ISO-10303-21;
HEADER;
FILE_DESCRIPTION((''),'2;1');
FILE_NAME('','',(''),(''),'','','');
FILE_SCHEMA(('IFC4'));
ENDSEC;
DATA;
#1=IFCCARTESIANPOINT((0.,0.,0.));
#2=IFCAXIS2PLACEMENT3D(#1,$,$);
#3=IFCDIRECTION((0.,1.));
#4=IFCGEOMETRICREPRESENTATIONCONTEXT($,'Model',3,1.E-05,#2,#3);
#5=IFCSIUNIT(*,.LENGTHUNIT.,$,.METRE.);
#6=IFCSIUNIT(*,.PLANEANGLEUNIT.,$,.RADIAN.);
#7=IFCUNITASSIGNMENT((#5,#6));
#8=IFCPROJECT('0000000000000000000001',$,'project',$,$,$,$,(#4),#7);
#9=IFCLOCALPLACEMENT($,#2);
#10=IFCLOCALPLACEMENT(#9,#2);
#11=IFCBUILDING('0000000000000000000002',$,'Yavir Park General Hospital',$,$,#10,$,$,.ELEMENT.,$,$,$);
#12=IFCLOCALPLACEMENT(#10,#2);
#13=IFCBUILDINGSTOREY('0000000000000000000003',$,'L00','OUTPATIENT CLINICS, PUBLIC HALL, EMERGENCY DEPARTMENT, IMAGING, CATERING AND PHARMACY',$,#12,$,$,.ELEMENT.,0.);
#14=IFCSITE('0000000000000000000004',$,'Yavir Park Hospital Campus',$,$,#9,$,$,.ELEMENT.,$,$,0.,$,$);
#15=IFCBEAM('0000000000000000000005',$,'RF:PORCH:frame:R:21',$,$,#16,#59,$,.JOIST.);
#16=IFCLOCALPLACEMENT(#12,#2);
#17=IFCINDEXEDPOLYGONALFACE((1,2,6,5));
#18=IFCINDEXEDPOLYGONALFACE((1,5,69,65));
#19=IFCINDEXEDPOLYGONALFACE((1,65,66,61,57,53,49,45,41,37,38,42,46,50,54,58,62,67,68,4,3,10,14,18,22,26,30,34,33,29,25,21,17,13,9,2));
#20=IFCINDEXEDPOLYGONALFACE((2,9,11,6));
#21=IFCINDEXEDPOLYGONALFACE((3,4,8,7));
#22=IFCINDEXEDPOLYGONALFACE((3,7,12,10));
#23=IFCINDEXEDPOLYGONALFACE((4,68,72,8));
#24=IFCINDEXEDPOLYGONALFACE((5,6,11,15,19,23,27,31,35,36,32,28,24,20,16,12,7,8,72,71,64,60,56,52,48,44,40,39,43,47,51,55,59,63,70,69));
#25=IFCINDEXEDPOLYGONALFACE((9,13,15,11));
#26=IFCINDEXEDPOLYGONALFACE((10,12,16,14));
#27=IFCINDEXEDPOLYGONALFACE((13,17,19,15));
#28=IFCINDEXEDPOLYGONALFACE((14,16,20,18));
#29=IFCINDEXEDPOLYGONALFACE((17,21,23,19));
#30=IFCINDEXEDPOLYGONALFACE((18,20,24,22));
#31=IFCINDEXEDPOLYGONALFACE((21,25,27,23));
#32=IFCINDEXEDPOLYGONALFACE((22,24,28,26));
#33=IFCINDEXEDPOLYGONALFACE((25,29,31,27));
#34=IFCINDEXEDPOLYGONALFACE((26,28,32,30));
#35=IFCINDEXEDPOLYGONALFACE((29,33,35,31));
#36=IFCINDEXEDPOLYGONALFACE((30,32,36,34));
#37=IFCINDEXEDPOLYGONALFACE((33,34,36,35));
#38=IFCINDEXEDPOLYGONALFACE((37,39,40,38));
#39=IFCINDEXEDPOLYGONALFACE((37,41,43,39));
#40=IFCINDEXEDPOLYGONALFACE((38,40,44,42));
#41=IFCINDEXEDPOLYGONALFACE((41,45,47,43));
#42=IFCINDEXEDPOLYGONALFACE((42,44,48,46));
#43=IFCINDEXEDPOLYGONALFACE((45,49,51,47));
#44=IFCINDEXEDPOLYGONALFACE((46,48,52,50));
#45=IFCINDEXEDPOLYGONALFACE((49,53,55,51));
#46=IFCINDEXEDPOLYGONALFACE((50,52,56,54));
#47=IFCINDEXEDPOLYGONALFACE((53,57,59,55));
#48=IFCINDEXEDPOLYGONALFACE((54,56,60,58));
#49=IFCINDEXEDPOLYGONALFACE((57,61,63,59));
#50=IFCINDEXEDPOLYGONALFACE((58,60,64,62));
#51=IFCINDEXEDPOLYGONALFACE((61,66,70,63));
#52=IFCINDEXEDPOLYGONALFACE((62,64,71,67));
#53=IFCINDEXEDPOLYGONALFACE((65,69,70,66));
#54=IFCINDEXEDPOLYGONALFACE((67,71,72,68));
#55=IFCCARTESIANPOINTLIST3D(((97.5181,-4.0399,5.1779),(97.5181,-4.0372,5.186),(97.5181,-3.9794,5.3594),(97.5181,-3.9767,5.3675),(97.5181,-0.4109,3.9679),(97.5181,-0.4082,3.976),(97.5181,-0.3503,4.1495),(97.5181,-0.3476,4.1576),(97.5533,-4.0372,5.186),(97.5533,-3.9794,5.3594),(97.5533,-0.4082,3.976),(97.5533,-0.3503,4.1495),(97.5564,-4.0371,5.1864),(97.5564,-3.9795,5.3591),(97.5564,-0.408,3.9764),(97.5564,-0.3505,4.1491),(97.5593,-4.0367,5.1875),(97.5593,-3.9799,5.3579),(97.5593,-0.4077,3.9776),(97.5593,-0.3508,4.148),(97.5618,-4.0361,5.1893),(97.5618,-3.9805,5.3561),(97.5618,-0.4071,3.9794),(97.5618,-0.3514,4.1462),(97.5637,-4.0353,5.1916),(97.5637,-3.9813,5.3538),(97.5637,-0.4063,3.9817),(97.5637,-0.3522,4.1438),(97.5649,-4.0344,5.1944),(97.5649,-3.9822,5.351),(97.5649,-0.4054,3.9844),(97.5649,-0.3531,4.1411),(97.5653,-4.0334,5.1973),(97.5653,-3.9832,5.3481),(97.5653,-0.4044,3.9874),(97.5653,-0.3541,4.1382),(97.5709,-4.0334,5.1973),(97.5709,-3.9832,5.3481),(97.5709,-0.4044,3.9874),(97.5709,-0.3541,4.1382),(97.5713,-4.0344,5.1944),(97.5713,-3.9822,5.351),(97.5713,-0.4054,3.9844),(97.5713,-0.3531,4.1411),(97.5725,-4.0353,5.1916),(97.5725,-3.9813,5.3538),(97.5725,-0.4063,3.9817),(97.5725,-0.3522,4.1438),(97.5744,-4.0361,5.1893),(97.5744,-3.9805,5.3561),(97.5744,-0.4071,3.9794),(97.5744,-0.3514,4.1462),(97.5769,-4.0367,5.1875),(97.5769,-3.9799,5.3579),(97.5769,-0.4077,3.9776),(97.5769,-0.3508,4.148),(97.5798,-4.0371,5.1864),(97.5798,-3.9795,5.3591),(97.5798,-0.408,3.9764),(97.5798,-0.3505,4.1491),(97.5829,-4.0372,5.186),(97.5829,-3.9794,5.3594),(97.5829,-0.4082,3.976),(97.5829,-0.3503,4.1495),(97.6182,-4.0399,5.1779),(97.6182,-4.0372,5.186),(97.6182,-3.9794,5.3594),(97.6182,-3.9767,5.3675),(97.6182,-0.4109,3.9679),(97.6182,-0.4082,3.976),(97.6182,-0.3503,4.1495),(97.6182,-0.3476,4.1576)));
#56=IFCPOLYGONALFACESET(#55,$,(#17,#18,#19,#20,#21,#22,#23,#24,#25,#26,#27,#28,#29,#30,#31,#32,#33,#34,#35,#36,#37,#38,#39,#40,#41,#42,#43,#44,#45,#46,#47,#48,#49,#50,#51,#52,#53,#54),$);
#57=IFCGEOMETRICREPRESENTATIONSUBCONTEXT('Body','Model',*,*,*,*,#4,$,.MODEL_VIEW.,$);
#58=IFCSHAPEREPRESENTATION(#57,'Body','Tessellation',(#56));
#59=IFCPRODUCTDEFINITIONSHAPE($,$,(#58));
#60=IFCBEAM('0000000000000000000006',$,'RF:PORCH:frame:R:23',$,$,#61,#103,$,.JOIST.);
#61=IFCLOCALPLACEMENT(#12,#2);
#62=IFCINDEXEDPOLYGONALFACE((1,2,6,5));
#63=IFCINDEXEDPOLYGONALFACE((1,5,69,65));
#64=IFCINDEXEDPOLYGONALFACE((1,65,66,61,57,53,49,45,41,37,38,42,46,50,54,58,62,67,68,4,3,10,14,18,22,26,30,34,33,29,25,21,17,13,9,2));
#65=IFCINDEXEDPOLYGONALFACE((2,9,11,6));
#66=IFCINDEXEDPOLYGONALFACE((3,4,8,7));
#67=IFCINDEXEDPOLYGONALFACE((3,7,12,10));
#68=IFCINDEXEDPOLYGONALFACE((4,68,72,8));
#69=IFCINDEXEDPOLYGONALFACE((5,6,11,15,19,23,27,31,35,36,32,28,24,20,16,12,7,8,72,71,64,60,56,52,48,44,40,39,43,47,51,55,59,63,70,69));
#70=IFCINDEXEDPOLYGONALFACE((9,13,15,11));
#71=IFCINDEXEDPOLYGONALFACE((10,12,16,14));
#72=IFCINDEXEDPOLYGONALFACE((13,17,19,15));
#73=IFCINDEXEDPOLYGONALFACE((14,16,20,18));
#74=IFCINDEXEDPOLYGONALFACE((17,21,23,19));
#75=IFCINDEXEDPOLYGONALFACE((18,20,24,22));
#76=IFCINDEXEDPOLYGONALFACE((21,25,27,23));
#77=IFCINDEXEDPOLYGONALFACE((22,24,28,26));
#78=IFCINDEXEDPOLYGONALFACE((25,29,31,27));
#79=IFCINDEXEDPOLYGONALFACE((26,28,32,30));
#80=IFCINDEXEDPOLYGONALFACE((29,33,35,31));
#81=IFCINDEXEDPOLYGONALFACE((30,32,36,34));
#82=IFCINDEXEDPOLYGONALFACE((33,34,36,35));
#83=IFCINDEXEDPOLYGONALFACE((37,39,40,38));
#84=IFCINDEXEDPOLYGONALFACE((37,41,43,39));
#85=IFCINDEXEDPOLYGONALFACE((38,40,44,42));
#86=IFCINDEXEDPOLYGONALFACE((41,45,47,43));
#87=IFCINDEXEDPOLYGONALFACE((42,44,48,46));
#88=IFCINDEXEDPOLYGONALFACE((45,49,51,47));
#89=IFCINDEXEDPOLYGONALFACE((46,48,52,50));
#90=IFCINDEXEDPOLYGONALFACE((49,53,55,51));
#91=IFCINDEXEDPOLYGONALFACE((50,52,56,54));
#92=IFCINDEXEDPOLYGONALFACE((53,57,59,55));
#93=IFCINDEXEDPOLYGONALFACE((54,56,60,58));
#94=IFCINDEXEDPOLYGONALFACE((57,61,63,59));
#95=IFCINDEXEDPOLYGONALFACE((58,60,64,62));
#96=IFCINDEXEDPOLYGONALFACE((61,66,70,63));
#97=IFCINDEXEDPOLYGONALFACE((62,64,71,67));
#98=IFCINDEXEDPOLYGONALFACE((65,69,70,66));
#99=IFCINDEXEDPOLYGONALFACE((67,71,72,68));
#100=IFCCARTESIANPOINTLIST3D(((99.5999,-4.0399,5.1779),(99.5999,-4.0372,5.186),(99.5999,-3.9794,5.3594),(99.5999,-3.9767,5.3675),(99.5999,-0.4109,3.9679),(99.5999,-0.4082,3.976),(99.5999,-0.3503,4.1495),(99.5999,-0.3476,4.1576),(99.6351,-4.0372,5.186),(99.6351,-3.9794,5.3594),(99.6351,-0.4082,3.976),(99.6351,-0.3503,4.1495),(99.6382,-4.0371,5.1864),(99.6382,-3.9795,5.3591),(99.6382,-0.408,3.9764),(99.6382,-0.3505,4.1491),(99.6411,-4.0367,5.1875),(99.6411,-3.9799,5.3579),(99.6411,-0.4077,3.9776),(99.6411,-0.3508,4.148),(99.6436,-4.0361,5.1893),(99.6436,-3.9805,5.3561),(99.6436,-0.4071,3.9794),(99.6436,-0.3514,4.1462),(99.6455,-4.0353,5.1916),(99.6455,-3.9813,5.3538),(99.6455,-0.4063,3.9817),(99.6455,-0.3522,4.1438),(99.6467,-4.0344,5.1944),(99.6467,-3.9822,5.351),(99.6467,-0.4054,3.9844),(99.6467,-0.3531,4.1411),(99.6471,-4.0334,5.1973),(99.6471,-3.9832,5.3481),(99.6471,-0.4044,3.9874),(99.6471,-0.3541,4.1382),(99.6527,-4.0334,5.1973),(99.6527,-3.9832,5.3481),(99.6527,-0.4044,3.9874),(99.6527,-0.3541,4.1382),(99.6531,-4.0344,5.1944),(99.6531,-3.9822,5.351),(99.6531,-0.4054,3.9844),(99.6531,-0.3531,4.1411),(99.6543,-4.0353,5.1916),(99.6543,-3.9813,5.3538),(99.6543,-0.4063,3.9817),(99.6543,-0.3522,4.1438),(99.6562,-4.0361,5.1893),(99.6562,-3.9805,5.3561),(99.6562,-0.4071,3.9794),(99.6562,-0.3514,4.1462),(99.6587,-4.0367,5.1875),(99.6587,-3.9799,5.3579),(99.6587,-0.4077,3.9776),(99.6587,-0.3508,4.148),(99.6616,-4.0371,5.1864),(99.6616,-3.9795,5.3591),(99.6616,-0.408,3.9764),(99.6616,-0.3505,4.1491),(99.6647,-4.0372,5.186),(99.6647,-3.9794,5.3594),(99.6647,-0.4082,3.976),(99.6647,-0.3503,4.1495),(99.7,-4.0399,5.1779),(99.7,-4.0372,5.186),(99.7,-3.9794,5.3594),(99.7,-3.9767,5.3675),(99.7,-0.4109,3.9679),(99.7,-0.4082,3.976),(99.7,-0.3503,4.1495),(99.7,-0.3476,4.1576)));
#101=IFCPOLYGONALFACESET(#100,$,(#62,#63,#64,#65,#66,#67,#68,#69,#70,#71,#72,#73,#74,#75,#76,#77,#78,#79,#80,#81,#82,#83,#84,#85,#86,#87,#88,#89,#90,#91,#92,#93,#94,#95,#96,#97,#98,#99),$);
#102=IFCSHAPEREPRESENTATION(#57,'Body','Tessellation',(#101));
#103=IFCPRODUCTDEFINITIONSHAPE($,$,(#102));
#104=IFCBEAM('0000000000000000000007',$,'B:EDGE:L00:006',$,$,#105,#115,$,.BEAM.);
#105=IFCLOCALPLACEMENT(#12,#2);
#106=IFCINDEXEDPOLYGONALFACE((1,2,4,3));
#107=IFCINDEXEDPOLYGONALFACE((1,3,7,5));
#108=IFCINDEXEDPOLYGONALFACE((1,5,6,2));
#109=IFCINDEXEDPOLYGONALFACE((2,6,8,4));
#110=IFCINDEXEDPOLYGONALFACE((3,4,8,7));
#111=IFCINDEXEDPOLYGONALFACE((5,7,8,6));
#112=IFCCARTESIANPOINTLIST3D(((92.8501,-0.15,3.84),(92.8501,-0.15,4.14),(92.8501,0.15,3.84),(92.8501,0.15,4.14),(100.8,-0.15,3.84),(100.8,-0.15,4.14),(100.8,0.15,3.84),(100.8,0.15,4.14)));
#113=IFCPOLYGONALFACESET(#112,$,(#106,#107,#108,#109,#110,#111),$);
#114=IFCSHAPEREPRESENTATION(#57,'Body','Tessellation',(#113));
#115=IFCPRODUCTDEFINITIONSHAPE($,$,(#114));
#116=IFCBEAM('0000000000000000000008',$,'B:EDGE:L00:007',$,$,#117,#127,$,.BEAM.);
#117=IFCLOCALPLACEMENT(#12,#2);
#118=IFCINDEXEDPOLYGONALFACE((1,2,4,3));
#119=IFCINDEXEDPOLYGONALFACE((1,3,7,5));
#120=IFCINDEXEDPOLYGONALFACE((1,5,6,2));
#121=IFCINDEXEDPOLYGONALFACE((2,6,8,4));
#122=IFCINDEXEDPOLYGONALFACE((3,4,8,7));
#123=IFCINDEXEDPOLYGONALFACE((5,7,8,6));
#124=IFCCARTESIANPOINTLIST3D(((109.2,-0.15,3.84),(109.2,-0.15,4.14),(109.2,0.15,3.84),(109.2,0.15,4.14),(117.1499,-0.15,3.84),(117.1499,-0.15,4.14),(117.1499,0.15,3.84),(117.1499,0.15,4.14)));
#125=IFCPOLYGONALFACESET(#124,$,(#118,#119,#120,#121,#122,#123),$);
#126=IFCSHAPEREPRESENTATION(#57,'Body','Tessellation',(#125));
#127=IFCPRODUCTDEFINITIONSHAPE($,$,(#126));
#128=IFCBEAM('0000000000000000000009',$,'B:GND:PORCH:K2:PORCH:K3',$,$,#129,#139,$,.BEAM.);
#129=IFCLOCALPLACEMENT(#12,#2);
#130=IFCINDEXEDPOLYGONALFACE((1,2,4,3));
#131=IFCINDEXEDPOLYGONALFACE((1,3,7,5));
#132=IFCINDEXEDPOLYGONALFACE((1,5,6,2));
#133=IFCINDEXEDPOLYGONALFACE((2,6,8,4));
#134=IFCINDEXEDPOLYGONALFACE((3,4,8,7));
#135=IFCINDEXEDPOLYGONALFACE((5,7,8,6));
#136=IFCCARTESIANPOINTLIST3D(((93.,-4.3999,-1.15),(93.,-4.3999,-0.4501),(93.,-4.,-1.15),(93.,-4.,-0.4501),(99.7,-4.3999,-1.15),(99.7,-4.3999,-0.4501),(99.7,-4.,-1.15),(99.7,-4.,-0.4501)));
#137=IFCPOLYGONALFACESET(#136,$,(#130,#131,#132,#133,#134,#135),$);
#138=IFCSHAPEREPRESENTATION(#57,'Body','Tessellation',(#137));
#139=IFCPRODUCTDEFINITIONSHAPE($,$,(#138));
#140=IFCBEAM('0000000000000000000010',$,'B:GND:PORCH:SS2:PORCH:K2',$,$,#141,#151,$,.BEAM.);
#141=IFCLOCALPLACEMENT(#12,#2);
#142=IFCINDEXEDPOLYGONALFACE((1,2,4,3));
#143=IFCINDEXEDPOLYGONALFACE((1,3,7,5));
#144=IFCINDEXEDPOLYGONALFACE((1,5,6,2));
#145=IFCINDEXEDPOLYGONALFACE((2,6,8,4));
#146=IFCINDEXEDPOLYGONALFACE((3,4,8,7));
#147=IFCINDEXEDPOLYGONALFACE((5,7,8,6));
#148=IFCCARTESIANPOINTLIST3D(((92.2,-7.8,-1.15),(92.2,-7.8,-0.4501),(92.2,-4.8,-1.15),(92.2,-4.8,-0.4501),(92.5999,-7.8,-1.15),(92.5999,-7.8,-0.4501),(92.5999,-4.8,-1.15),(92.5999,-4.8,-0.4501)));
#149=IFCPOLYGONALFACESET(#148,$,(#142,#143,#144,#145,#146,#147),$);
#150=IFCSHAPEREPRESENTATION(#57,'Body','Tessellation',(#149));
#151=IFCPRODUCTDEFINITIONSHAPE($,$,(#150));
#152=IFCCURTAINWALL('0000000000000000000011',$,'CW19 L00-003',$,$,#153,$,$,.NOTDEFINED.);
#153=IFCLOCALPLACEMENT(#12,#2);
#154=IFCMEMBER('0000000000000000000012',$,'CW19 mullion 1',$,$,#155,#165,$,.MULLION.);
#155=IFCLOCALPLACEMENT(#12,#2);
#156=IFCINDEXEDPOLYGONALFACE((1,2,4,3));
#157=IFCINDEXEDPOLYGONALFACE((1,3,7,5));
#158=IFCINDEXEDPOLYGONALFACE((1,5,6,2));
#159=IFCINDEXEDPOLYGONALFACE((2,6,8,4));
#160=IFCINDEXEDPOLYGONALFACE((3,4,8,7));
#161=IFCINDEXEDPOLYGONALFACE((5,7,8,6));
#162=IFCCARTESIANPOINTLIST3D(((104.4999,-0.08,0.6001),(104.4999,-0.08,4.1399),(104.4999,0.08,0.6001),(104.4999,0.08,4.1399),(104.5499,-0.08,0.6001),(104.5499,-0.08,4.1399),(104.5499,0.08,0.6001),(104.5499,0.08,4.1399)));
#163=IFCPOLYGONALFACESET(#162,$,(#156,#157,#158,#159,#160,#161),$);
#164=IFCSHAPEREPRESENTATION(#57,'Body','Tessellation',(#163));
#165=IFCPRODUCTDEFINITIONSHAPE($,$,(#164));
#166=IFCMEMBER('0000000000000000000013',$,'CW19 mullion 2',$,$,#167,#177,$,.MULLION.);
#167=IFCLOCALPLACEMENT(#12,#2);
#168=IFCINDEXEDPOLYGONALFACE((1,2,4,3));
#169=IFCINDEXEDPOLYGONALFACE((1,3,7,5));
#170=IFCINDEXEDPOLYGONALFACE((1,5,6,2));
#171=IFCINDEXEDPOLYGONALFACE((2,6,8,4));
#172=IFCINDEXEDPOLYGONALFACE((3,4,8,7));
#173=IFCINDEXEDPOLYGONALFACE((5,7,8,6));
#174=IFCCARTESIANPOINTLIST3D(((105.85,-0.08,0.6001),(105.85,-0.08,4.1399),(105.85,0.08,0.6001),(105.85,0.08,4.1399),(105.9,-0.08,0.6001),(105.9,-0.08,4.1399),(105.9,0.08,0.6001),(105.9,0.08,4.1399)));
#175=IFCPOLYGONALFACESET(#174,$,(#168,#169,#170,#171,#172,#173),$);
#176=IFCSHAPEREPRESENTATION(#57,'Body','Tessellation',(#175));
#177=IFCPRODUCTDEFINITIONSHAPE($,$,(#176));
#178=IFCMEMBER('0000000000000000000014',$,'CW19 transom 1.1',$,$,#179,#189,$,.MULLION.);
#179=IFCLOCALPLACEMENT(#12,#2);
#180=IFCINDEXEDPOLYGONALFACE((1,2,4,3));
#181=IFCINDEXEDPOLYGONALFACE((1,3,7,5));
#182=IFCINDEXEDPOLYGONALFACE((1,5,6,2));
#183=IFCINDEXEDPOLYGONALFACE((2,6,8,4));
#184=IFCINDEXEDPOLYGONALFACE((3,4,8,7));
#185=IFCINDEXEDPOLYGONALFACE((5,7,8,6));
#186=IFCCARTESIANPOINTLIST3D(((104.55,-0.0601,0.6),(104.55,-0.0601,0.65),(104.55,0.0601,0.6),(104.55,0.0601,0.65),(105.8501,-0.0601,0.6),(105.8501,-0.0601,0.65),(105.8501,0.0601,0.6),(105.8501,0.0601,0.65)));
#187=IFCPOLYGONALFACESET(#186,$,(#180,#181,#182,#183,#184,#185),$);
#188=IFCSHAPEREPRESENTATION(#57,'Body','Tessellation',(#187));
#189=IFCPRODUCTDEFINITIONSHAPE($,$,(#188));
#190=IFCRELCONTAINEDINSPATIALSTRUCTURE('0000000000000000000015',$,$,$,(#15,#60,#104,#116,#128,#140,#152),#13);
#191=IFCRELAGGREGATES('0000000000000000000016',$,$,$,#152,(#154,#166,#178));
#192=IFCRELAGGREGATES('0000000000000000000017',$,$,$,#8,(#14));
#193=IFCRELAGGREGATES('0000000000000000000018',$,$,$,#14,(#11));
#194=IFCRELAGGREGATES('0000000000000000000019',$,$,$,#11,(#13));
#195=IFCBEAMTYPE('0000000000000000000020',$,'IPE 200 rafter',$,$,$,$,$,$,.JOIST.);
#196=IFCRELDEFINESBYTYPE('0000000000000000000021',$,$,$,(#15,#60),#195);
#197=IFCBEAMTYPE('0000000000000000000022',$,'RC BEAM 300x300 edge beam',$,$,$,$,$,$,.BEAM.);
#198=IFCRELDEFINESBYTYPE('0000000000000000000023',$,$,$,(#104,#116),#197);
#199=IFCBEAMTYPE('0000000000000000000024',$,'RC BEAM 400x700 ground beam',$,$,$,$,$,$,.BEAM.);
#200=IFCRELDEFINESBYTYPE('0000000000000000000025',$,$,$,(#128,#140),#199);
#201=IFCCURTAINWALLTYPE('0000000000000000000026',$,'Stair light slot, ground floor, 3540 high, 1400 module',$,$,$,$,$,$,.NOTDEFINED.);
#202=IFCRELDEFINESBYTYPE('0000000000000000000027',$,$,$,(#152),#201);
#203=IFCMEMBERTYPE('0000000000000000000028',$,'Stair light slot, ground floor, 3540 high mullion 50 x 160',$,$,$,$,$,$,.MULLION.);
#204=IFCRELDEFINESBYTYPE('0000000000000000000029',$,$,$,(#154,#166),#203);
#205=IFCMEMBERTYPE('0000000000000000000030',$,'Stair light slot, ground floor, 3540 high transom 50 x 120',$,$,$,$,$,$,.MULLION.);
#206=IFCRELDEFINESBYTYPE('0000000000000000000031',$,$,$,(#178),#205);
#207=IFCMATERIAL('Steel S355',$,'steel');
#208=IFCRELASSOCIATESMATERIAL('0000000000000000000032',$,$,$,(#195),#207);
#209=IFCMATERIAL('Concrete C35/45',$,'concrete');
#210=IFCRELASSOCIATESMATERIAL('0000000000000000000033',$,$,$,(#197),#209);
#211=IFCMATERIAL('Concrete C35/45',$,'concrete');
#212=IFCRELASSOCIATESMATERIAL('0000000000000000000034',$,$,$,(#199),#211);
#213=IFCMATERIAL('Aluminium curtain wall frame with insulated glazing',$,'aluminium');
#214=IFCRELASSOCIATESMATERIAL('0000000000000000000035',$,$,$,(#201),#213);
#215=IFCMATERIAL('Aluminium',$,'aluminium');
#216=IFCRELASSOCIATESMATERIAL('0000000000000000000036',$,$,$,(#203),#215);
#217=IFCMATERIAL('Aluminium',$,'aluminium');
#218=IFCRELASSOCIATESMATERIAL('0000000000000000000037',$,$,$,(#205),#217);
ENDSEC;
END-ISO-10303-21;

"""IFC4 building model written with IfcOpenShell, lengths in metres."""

from ifc_helpers import new_model, si_unit, direction, frame, origin, origin_2d, place, context, subcontext, project, spatial, rectangle, i_section, extrude, material, material_profile, profile_set, type_object, element, aggregate, save


model = new_model("IFC4")

# Units and contexts
model_context = context("Model", 3, precision=1e-05, world=origin(), true_north=direction((0.0, 1.0)))
body_context = subcontext(model_context, "Body", "Model", "MODEL_VIEW")
ifc_project = project(units=[si_unit("LENGTHUNIT", "METRE"), si_unit("PLANEANGLEUNIT", "RADIAN")], contexts=[model_context])

# Site, building, storey
site_placement = place(None, origin())
site = spatial("IfcSite", under=ifc_project, at=site_placement, Name="Yavir Park Hospital Campus", CompositionType="ELEMENT", RefElevation=0.0)
building_placement = place(site_placement, origin())
building = spatial("IfcBuilding", under=site, at=building_placement, Name="Yavir Park General Hospital", CompositionType="ELEMENT")
storey_placement = place(building_placement, origin())
storey = spatial("IfcBuildingStorey", under=building, at=storey_placement, Name="L00", Description="OUTPATIENT CLINICS, PUBLIC HALL, EMERGENCY DEPARTMENT, IMAGING, CATERING AND PHARMACY", CompositionType="ELEMENT", Elevation=0.0)

# Beams
ifc_material_1 = material(Name="Steel S355", Category="steel")
ifc_material_profile_1 = material_profile(ifc_material_1, i_section(OverallWidth=0.1001, OverallDepth=0.2, WebThickness=0.0056, FlangeThickness=0.0085, FilletRadius=0.012, at=origin_2d()), Name="IPE200")
ifc_profile_set_1 = profile_set([ifc_material_profile_1], Name="Steel S355")
beam_type_1 = type_object("IfcBeamType", Name="IPE 200 rafter", PredefinedType="JOIST", material=ifc_profile_set_1)
for number, where, z_axis, x_axis, name in (
    (1, (97.5681, -4.0083, 5.2727), (0.0, 0.948664, -0.316285), (-1.0, 0.0, 0.0), "RF:PORCH:frame:R:21"),
    (2, (99.6499, -4.0083, 5.2727), (0.0, 0.948664, -0.316285), (-1.0, 0.0, 0.0), "RF:PORCH:frame:R:23"),
):
    element("IfcBeam", number, at=place(storey_placement, frame(where, z_axis=z_axis, x_axis=x_axis)), inside=storey, type_object=beam_type_1, Name=name, PredefinedType="JOIST", context=body_context, shape_type="SweptSolid", body=[
        extrude(i_section(OverallWidth=0.1001, OverallDepth=0.2, WebThickness=0.0056, FlangeThickness=0.0085, FilletRadius=0.012, at=origin_2d()), origin(), (0.0, 0.0, 1.0), 3.8254),
    ])
ifc_material_2 = material(Name="Concrete C35/45", Category="concrete")
ifc_material_profile_2 = material_profile(ifc_material_2, rectangle(XDim=0.3, YDim=0.3, at=origin_2d()), Name="RC300x300")
ifc_profile_set_2 = profile_set([ifc_material_profile_2], Name="Concrete C35/45")
beam_type_2 = type_object("IfcBeamType", Name="RC BEAM 300x300 edge beam", PredefinedType="BEAM", material=ifc_profile_set_2)
for number, where, z_axis, x_axis, name in (
    (3, (92.8501, 0.0, 3.99), (1.0, 0.0, 0.0), (0.0, 1.0, 0.0), "B:EDGE:L00:006"),
    (4, (109.2, 0.0, 3.99), (1.0, 0.0, 0.0), (0.0, 1.0, 0.0), "B:EDGE:L00:007"),
):
    element("IfcBeam", number, at=place(storey_placement, frame(where, z_axis=z_axis, x_axis=x_axis)), inside=storey, type_object=beam_type_2, Name=name, PredefinedType="BEAM", context=body_context, shape_type="SweptSolid", body=[
        extrude(rectangle(XDim=0.3, YDim=0.3, at=origin_2d()), origin(), (0.0, 0.0, 1.0), 7.95),
    ])
ifc_material_3 = material(Name="Concrete C35/45", Category="concrete")
ifc_material_profile_3 = material_profile(ifc_material_3, rectangle(XDim=0.3999, YDim=0.7, at=origin_2d()), Name="RC400x700")
ifc_profile_set_3 = profile_set([ifc_material_profile_3], Name="Concrete C35/45")
beam_type_3 = type_object("IfcBeamType", Name="RC BEAM 400x700 ground beam", PredefinedType="BEAM", material=ifc_profile_set_3)
beam_1_placement = place(storey_placement, frame((93.0, -4.2, -0.8), z_axis=(1.0, 0.0, 0.0), x_axis=(0.0, 1.0, 0.0)))
element("IfcBeam", 5, at=beam_1_placement, inside=storey, type_object=beam_type_3, Name="B:GND:PORCH:K2:PORCH:K3", PredefinedType="BEAM", context=body_context, shape_type="SweptSolid", body=[
    extrude(rectangle(XDim=0.3999, YDim=0.7, at=origin_2d()), origin(), (0.0, 0.0, 1.0), 6.7),
])
beam_2_placement = place(storey_placement, frame((92.3999, -7.8, -0.8), z_axis=(0.0, 1.0, 0.0), x_axis=(-1.0, 0.0, 0.0)))
element("IfcBeam", 6, at=beam_2_placement, inside=storey, type_object=beam_type_3, Name="B:GND:PORCH:SS2:PORCH:K2", PredefinedType="BEAM", context=body_context, shape_type="SweptSolid", body=[
    extrude(rectangle(XDim=0.3999, YDim=0.7, at=origin_2d()), origin(), (0.0, 0.0, 1.0), 3.0),
])

# Curtain wall, members
ifc_material_4 = material(Name="Aluminium curtain wall frame with insulated glazing", Category="aluminium")
curtain_wall_type = type_object("IfcCurtainWallType", Name="Stair light slot, ground floor, 3540 high, 1400 module", PredefinedType="NOTDEFINED", material=ifc_material_4)
curtain_wall_placement = place(storey_placement, origin())
curtain_wall = element("IfcCurtainWall", 7, at=curtain_wall_placement, inside=storey, type_object=curtain_wall_type, Name="CW19 L00-003", PredefinedType="NOTDEFINED")
ifc_material_5 = material(Name="Aluminium", Category="aluminium")
ifc_material_profile_4 = material_profile(ifc_material_5, rectangle(XDim=0.1599, YDim=0.05, at=origin_2d()), Name="AL 50x160")
ifc_profile_set_4 = profile_set([ifc_material_profile_4], Name="Aluminium")
member_type_1 = type_object("IfcMemberType", Name="Stair light slot, ground floor, 3540 high mullion 50 x 160", PredefinedType="MULLION", material=ifc_profile_set_4)
member_1_placement = place(storey_placement, frame((104.5249, 0.0, 0.6001), z_axis=(0.0, 0.0, 1.0), x_axis=(0.0, 1.0, 0.0)))
member_1 = element("IfcMember", 8, at=member_1_placement, type_object=member_type_1, Name="CW19 mullion 1", PredefinedType="MULLION", context=body_context, shape_type="SweptSolid", body=[
    extrude(rectangle(XDim=0.1599, YDim=0.05, at=origin_2d()), origin(), (0.0, 0.0, 1.0), 3.5398),
])
member_2_placement = place(storey_placement, frame((105.875, 0.0, 0.6001), z_axis=(0.0, 0.0, 1.0), x_axis=(0.0, 1.0, 0.0)))
member_2 = element("IfcMember", 9, at=member_2_placement, type_object=member_type_1, Name="CW19 mullion 2", PredefinedType="MULLION", context=body_context, shape_type="SweptSolid", body=[
    extrude(rectangle(XDim=0.1599, YDim=0.05, at=origin_2d()), origin(), (0.0, 0.0, 1.0), 3.5398),
])
ifc_material_6 = material(Name="Aluminium", Category="aluminium")
ifc_material_profile_5 = material_profile(ifc_material_6, rectangle(XDim=0.1201, YDim=0.05, at=origin_2d()), Name="AL 120x50")
ifc_profile_set_5 = profile_set([ifc_material_profile_5], Name="Aluminium")
member_type_2 = type_object("IfcMemberType", Name="Stair light slot, ground floor, 3540 high transom 50 x 120", PredefinedType="MULLION", material=ifc_profile_set_5)
member_3_placement = place(storey_placement, frame((104.55, 0.0, 0.625), z_axis=(1.0, 0.0, 0.0), x_axis=(0.0, 1.0, 0.0)))
member_3 = element("IfcMember", 10, at=member_3_placement, type_object=member_type_2, Name="CW19 transom 1.1", PredefinedType="MULLION", context=body_context, shape_type="SweptSolid", body=[
    extrude(rectangle(XDim=0.1201, YDim=0.05, at=origin_2d()), origin(), (0.0, 0.0, 1.0), 1.3),
])
aggregate(curtain_wall, [member_1, member_2, member_3])

save(model, "model.ifc")
